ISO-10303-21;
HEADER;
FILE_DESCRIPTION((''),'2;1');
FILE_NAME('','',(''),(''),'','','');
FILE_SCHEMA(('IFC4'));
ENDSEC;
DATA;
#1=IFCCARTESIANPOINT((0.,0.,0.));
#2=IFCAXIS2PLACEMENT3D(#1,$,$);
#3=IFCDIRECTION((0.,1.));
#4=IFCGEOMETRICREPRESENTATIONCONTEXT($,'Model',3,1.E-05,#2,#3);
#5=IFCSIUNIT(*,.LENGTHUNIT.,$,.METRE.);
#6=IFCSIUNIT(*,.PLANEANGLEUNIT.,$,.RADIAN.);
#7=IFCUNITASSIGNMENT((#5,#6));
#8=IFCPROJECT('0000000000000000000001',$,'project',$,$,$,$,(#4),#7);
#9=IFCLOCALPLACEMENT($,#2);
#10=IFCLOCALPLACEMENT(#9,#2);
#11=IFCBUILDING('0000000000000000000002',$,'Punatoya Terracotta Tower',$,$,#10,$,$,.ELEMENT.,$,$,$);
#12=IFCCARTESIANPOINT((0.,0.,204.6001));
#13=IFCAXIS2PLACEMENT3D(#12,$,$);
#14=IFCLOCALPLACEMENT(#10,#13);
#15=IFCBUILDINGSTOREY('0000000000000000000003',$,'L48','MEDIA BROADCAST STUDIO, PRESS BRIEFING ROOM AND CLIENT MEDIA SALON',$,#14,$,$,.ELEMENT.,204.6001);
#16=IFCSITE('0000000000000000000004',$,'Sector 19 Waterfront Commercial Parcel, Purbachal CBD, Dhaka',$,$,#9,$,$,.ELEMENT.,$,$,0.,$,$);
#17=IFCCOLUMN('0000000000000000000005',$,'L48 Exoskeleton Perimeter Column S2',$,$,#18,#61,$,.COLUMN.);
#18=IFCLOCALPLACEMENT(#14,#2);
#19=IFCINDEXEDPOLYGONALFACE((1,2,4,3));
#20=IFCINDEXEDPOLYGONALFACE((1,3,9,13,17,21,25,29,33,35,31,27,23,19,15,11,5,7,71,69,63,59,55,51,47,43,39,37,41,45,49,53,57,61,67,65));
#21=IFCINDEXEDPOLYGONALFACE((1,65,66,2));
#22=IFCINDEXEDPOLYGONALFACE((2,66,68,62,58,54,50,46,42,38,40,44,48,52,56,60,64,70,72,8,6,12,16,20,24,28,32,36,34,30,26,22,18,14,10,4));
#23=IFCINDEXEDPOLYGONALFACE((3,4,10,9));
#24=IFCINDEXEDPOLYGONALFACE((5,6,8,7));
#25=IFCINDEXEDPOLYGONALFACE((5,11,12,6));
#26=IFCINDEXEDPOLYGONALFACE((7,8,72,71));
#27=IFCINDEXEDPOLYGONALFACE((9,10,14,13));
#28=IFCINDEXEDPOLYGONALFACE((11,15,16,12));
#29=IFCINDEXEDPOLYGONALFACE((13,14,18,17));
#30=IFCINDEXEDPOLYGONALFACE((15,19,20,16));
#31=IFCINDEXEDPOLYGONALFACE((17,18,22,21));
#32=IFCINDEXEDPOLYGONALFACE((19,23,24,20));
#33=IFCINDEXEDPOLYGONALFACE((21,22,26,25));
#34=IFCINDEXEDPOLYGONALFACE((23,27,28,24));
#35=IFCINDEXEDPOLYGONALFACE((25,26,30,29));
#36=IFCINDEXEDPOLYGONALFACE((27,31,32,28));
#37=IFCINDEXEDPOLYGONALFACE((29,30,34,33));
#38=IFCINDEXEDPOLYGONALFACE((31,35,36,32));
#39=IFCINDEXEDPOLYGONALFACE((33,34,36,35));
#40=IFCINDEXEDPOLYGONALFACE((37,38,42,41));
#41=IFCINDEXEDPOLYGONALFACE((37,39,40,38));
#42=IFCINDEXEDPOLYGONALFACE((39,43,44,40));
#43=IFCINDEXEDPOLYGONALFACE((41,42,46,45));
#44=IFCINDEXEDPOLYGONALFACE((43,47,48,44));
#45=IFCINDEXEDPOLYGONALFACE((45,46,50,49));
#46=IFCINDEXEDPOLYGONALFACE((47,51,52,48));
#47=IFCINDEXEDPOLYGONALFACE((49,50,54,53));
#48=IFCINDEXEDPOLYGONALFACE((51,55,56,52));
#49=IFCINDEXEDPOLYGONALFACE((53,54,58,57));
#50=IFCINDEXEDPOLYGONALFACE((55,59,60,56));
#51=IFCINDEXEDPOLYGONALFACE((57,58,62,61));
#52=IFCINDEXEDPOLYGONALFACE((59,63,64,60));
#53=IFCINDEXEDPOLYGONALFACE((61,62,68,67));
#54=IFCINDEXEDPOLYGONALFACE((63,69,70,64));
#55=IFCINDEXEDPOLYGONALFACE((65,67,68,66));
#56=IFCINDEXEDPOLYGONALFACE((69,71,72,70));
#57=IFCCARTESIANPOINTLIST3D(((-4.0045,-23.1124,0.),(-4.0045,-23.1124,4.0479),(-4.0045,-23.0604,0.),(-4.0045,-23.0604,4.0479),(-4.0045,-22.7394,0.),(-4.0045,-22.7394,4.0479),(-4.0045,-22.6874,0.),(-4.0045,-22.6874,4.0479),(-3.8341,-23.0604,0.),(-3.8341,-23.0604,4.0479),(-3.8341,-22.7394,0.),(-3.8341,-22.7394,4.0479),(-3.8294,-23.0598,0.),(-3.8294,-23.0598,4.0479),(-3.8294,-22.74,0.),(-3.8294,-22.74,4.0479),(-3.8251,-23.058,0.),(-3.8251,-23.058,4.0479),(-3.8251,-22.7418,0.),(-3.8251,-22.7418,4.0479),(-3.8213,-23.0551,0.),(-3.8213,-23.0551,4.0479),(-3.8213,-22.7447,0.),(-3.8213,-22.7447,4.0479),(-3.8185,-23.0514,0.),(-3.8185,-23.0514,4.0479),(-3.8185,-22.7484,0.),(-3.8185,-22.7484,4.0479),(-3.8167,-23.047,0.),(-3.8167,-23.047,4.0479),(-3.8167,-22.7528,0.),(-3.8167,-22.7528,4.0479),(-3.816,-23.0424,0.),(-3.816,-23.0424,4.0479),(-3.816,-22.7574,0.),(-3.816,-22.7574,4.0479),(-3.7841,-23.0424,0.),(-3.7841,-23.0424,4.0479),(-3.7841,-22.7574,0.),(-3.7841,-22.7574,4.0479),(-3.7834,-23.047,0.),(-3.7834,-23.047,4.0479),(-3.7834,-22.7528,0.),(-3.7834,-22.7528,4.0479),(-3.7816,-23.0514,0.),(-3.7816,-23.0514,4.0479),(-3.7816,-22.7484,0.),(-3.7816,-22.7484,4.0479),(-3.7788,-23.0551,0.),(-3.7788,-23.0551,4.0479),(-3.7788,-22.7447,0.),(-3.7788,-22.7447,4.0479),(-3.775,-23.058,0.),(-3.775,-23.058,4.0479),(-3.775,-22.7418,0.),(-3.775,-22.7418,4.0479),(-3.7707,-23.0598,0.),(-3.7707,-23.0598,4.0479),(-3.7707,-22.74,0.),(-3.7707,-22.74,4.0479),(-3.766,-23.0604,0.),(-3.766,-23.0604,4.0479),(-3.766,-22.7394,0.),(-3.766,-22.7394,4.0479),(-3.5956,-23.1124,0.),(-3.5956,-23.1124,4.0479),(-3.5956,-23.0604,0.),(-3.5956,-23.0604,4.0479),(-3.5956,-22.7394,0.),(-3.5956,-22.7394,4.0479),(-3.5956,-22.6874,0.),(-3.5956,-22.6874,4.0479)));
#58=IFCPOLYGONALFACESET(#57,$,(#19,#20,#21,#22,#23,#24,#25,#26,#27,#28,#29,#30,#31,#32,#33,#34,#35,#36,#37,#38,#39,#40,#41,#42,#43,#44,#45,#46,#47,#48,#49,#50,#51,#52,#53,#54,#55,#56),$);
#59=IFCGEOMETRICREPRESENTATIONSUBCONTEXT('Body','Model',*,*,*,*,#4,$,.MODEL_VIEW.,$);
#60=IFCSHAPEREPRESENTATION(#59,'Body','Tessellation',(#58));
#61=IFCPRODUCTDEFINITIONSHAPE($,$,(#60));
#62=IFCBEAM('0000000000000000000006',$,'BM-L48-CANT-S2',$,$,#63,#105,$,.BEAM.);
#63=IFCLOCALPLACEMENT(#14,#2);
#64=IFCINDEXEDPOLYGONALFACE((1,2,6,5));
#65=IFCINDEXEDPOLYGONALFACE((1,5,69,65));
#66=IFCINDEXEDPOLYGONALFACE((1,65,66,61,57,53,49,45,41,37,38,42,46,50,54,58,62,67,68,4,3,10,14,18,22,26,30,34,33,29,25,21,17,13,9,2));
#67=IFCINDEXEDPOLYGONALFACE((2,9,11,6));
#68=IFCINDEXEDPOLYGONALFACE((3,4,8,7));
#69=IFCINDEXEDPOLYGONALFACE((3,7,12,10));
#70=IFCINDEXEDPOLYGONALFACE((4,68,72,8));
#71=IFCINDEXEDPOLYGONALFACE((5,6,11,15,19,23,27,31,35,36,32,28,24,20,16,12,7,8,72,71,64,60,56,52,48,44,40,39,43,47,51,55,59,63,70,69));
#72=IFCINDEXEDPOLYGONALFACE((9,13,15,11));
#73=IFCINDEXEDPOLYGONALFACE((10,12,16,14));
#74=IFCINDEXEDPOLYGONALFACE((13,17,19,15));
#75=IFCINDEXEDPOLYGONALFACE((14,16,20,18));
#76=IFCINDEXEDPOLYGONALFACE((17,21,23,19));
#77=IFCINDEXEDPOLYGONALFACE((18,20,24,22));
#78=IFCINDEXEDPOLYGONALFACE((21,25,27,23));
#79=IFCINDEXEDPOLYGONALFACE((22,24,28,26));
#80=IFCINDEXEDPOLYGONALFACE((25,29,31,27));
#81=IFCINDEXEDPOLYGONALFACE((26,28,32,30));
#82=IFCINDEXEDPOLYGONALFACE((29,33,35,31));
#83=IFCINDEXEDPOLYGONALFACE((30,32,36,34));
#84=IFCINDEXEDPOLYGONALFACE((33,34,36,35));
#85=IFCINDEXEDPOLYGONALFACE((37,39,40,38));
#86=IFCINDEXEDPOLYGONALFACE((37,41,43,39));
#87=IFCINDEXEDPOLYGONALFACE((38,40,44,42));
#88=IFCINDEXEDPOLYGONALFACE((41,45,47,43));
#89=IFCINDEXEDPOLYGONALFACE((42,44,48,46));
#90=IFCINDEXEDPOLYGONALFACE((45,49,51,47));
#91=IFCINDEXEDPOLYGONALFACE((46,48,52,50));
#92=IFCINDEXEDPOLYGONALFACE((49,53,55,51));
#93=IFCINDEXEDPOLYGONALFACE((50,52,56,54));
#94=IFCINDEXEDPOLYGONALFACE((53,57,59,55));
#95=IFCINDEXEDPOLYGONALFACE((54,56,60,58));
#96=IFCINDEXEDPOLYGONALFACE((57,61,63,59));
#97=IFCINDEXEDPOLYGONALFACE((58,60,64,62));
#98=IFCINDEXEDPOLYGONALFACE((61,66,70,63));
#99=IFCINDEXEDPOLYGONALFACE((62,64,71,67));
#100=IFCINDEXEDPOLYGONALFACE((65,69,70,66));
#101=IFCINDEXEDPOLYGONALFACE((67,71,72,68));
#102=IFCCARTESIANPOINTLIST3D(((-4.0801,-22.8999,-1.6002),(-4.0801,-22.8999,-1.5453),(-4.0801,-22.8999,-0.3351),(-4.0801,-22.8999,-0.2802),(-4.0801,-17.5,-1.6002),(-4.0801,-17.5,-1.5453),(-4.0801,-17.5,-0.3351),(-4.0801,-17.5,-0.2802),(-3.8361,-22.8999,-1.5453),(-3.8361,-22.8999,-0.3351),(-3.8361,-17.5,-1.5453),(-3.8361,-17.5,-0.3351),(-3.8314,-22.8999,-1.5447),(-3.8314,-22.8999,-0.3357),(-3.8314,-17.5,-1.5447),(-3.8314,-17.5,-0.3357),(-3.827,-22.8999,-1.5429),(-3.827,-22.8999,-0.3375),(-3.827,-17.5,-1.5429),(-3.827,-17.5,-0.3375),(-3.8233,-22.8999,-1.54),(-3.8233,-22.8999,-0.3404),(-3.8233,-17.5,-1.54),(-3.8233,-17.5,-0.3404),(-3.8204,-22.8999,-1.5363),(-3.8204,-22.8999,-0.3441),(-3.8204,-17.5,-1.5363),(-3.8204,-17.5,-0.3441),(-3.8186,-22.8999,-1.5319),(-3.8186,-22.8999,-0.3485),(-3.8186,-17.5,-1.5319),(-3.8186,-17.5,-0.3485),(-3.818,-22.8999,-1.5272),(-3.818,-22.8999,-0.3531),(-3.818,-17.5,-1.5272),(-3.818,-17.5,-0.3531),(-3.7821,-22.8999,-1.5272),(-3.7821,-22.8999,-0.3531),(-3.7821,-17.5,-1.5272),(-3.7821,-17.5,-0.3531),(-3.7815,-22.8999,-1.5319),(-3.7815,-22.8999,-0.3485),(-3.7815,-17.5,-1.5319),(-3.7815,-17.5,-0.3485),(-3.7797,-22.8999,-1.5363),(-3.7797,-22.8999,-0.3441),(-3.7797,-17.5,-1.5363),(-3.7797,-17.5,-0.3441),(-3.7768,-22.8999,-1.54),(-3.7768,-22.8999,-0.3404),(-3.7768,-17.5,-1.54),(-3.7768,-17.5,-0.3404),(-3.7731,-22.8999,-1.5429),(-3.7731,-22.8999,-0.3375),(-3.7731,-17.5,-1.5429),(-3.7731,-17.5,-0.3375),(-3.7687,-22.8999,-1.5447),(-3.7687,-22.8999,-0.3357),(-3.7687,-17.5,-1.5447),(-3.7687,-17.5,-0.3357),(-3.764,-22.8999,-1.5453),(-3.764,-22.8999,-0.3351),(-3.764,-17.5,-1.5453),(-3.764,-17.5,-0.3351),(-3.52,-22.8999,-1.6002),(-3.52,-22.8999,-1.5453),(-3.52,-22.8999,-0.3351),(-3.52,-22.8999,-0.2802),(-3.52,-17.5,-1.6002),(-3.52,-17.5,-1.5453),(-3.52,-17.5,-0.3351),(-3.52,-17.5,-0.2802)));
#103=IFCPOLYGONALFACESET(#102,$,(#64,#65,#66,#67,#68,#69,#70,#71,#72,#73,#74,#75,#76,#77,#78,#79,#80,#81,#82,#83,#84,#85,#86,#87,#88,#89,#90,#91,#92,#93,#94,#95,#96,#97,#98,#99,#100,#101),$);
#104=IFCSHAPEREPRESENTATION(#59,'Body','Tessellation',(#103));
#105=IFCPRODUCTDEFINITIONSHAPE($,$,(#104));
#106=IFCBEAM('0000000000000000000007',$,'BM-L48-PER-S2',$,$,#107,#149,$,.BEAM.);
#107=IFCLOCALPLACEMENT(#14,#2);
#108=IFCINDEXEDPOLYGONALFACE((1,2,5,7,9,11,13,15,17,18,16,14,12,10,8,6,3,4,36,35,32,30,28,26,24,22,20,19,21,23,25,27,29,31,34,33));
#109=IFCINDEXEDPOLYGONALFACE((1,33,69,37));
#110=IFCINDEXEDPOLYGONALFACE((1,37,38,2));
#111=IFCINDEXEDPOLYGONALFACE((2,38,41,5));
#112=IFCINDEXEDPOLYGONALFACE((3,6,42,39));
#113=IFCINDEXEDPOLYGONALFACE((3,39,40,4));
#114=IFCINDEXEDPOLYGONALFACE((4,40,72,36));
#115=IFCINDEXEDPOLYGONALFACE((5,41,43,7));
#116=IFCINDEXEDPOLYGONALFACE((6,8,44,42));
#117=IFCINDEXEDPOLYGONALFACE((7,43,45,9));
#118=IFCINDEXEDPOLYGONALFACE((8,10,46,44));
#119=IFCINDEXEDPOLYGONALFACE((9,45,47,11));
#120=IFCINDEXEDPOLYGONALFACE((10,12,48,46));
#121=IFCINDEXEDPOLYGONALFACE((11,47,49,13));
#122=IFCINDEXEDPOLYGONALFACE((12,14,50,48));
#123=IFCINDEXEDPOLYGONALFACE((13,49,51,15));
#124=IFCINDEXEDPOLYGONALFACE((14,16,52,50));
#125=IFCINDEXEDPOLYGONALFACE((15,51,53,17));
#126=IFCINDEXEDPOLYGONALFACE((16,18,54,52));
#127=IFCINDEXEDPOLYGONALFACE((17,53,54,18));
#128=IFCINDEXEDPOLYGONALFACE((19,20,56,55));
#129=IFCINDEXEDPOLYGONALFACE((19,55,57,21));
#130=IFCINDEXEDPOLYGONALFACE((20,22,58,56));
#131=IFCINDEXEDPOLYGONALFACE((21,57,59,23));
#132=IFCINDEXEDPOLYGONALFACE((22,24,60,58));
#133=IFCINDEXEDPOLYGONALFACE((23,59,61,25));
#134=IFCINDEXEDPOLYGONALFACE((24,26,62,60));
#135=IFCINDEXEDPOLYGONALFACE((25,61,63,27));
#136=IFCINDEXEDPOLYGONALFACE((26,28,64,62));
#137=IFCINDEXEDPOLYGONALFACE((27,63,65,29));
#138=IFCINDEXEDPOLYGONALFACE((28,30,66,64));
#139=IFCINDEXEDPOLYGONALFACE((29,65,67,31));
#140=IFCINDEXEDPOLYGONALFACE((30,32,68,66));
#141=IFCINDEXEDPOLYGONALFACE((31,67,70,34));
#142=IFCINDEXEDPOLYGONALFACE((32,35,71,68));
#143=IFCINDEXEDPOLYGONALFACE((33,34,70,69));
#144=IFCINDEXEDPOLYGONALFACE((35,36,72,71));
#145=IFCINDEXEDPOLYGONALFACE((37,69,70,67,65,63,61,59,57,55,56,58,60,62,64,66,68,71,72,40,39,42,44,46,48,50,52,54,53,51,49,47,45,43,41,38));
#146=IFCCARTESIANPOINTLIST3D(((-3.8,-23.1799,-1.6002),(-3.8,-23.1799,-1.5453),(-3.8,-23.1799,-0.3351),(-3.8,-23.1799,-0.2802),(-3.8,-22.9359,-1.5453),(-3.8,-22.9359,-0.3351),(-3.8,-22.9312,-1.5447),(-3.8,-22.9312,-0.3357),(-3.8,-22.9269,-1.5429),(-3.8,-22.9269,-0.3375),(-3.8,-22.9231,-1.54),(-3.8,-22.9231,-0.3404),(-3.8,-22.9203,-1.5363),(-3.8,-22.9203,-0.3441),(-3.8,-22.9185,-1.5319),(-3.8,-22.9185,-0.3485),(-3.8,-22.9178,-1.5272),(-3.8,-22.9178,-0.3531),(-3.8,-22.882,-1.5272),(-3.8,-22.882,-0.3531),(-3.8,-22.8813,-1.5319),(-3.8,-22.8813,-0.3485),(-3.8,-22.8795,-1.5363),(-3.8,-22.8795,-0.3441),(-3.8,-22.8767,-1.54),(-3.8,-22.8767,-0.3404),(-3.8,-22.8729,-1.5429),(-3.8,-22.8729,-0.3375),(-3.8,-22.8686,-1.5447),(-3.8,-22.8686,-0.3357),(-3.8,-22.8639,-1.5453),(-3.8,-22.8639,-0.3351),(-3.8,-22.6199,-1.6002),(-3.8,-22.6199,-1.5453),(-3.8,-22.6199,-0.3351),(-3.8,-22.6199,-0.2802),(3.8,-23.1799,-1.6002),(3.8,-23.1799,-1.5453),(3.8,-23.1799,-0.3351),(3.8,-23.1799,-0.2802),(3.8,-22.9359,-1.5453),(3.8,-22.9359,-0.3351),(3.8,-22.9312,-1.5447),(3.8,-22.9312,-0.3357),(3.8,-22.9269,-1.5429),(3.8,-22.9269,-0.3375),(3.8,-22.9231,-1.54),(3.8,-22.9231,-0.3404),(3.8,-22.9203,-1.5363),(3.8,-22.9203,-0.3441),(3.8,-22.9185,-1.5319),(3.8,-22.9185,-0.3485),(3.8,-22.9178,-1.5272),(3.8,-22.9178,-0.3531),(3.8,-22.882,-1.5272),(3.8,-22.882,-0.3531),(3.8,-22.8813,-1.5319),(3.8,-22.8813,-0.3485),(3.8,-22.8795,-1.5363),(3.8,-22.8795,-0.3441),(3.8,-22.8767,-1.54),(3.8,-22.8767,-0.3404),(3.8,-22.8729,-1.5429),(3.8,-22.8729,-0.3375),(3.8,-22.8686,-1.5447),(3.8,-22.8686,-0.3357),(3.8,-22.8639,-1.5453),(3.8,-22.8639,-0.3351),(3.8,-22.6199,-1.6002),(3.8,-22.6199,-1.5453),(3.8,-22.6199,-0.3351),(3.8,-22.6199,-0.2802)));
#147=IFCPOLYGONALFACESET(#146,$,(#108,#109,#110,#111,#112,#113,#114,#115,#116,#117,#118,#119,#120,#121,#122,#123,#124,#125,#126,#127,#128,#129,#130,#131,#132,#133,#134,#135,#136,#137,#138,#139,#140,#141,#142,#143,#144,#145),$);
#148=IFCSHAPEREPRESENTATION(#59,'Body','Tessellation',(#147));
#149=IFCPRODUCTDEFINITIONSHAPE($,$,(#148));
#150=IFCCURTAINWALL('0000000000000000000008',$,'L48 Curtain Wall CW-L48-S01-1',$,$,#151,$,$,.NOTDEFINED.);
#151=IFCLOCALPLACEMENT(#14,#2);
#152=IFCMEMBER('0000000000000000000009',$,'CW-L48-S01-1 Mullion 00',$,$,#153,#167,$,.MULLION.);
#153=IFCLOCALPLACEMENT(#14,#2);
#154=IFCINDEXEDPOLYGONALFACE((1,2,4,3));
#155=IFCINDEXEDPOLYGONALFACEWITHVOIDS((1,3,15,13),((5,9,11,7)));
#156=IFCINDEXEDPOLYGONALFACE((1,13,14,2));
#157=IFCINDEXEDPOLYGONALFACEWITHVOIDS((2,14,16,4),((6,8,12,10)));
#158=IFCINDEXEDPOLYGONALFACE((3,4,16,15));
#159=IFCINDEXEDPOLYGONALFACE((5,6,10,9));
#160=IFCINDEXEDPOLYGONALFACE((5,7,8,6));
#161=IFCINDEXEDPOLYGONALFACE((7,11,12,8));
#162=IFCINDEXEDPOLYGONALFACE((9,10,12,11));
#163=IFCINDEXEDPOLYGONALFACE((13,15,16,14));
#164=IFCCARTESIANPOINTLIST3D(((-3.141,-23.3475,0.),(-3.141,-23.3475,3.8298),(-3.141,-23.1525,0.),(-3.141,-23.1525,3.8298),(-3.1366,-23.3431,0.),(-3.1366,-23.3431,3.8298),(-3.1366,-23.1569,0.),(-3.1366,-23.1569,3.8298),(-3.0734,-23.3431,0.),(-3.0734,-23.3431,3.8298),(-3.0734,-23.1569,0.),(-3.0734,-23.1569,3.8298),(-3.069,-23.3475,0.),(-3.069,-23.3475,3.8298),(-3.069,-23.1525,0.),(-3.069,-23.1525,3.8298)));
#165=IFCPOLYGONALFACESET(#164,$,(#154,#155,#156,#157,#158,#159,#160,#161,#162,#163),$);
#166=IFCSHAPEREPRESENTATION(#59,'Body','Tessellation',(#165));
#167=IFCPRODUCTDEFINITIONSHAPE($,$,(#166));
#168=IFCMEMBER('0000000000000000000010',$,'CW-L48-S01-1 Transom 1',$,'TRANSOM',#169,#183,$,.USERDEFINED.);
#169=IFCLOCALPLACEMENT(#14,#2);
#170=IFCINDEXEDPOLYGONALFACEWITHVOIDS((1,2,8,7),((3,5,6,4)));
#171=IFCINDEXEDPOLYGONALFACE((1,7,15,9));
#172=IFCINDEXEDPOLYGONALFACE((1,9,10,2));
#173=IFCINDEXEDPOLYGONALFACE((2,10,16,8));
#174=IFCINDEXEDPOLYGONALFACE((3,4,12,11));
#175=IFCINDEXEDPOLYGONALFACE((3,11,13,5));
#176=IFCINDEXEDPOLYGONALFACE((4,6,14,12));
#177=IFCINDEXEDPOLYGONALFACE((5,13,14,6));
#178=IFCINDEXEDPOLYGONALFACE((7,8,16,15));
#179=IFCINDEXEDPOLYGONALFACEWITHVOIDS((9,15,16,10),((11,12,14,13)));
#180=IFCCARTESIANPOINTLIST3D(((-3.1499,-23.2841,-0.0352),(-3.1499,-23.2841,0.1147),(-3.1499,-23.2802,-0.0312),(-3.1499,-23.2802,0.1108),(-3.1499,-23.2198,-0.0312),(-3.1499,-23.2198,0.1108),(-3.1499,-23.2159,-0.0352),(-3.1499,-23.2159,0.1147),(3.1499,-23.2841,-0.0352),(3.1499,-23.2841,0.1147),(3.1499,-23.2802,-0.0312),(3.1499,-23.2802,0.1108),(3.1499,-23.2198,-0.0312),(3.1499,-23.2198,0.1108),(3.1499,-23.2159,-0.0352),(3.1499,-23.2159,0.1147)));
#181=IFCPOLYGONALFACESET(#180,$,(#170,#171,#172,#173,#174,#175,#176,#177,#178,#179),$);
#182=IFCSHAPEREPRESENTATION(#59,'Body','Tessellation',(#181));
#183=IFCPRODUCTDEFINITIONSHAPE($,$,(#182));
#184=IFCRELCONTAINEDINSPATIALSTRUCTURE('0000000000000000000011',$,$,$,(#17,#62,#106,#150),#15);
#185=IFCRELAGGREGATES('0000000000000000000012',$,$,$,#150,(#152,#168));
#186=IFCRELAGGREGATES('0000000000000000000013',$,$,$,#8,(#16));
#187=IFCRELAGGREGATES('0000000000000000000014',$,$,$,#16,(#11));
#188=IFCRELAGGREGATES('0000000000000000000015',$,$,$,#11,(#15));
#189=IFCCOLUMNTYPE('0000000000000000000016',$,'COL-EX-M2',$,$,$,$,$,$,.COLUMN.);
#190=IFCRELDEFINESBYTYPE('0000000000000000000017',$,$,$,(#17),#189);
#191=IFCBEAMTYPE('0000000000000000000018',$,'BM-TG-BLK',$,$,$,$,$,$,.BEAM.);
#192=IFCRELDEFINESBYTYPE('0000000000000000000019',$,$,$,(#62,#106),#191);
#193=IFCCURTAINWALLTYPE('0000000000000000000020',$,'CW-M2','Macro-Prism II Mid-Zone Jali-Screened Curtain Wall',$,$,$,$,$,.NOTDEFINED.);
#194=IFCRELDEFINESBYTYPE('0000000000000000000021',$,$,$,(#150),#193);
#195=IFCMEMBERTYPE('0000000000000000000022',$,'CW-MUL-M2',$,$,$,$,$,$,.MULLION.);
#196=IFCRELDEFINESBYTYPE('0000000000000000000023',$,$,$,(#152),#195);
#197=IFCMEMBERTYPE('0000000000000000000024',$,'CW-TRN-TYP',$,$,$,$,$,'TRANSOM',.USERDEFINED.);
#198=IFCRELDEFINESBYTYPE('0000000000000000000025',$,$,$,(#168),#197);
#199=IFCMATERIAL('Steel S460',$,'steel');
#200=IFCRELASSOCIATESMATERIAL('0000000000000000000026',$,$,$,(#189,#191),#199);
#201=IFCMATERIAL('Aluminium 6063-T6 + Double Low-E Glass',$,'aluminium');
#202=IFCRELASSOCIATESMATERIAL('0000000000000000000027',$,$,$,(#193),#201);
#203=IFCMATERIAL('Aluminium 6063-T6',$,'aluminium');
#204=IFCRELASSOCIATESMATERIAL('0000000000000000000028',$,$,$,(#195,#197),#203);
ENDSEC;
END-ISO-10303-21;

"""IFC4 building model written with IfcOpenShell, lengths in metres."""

from ifc_helpers import new_model, si_unit, direction, frame, origin, origin_2d, place, context, subcontext, project, spatial, hollow_rectangle, i_section, extrude, material, material_profile, profile_set, type_object, element, aggregate, save


model = new_model("IFC4")

# Units and contexts
model_context = context("Model", 3, precision=1e-05, world=origin(), true_north=direction((0.0, 1.0)))
body_context = subcontext(model_context, "Body", "Model", "MODEL_VIEW")
ifc_project = project(units=[si_unit("LENGTHUNIT", "METRE"), si_unit("PLANEANGLEUNIT", "RADIAN")], contexts=[model_context])

# Site, building, storey
site_placement = place(None, origin())
site = spatial("IfcSite", under=ifc_project, at=site_placement, Name="Sector 19 Waterfront Commercial Parcel, Purbachal CBD, Dhaka", CompositionType="ELEMENT", RefElevation=0.0)
building_placement = place(site_placement, origin())
building = spatial("IfcBuilding", under=site, at=building_placement, Name="Punatoya Terracotta Tower", CompositionType="ELEMENT")
storey_placement = place(building_placement, frame((0.0, 0.0, 204.6001)))
storey = spatial("IfcBuildingStorey", under=building, at=storey_placement, Name="L48", Description="MEDIA BROADCAST STUDIO, PRESS BRIEFING ROOM AND CLIENT MEDIA SALON", CompositionType="ELEMENT", Elevation=204.6001)

# Column
ifc_material_1 = material(Name="Steel S460", Category="steel")
ifc_material_profile_1 = material_profile(ifc_material_1, i_section(OverallWidth=0.4089, OverallDepth=0.425, WebThickness=0.032, FlangeThickness=0.052, FilletRadius=0.0181, at=origin_2d()))
ifc_profile_set_1 = profile_set([ifc_material_profile_1], Name="Steel S460")
column_type = type_object("IfcColumnType", Name="COL-EX-M2", PredefinedType="COLUMN", material=ifc_profile_set_1)
column_placement = place(storey_placement, frame((-3.8, -22.8999, 0.0), z_axis=(0.0, 0.0, 1.0), x_axis=(1.0, 0.0, 0.0)))
element("IfcColumn", 1, at=column_placement, inside=storey, type_object=column_type, Name="L48 Exoskeleton Perimeter Column S2", PredefinedType="COLUMN", context=body_context, shape_type="SweptSolid", body=[
    extrude(i_section(OverallWidth=0.4089, OverallDepth=0.425, WebThickness=0.032, FlangeThickness=0.052, FilletRadius=0.0181, at=origin_2d()), origin(), (0.0, 0.0, 1.0), 4.0479),
])

# Beams
ifc_material_profile_2 = material_profile(ifc_material_1, i_section(OverallWidth=0.5601, OverallDepth=1.3201, WebThickness=0.0359, FlangeThickness=0.0549, FilletRadius=0.0181, at=origin_2d()))
ifc_profile_set_2 = profile_set([ifc_material_profile_2], Name="Steel S460")
beam_type = type_object("IfcBeamType", Name="BM-TG-BLK", PredefinedType="BEAM", material=ifc_profile_set_2)
beam_1_placement = place(storey_placement, frame((-3.8, -22.8999, -0.9402), z_axis=(0.0, 1.0, 0.0), x_axis=(-1.0, 0.0, 0.0)))
element("IfcBeam", 2, at=beam_1_placement, inside=storey, type_object=beam_type, Name="BM-L48-CANT-S2", PredefinedType="BEAM", context=body_context, shape_type="SweptSolid", body=[
    extrude(i_section(OverallWidth=0.5601, OverallDepth=1.3201, WebThickness=0.0359, FlangeThickness=0.0549, FilletRadius=0.0181, at=origin_2d()), origin(), (0.0, 0.0, 1.0), 5.3999),
])
beam_2_placement = place(storey_placement, frame((-3.8, -22.8999, -0.9402), z_axis=(1.0, 0.0, 0.0), x_axis=(0.0, 1.0, 0.0)))
element("IfcBeam", 3, at=beam_2_placement, inside=storey, type_object=beam_type, Name="BM-L48-PER-S2", PredefinedType="BEAM", context=body_context, shape_type="SweptSolid", body=[
    extrude(i_section(OverallWidth=0.5601, OverallDepth=1.3201, WebThickness=0.0359, FlangeThickness=0.0549, FilletRadius=0.0181, at=origin_2d()), origin(), (0.0, 0.0, 1.0), 7.6001),
])

# Curtain wall, members
ifc_material_2 = material(Name="Aluminium 6063-T6 + Double Low-E Glass", Category="aluminium")
curtain_wall_type = type_object("IfcCurtainWallType", Name="CW-M2", Description="Macro-Prism II Mid-Zone Jali-Screened Curtain Wall", PredefinedType="NOTDEFINED", material=ifc_material_2)
curtain_wall_placement = place(storey_placement, origin())
curtain_wall = element("IfcCurtainWall", 4, at=curtain_wall_placement, inside=storey, type_object=curtain_wall_type, Name="L48 Curtain Wall CW-L48-S01-1", PredefinedType="NOTDEFINED")
ifc_material_3 = material(Name="Aluminium 6063-T6", Category="aluminium")
ifc_material_profile_3 = material_profile(ifc_material_3, hollow_rectangle(XDim=0.072, YDim=0.1951, WallThickness=0.0044, at=origin_2d()))
ifc_profile_set_3 = profile_set([ifc_material_profile_3], Name="Aluminium 6063-T6")
member_type_1 = type_object("IfcMemberType", Name="CW-MUL-M2", PredefinedType="MULLION", material=ifc_profile_set_3)
member_1_placement = place(storey_placement, frame((-3.105, -23.25, 0.0), z_axis=(0.0, 0.0, 1.0), x_axis=(1.0, 0.0, 0.0)))
member_1 = element("IfcMember", 5, at=member_1_placement, type_object=member_type_1, Name="CW-L48-S01-1 Mullion 00", PredefinedType="MULLION", context=body_context, shape_type="SweptSolid", body=[
    extrude(hollow_rectangle(XDim=0.072, YDim=0.1951, WallThickness=0.0044, at=origin_2d()), origin(), (0.0, 0.0, 1.0), 3.8298),
])
ifc_material_profile_4 = material_profile(ifc_material_3, hollow_rectangle(XDim=0.0681, YDim=0.1499, WallThickness=0.0039, at=origin_2d()))
ifc_profile_set_4 = profile_set([ifc_material_profile_4], Name="Aluminium 6063-T6")
member_type_2 = type_object("IfcMemberType", Name="CW-TRN-TYP", ElementType="TRANSOM", PredefinedType="USERDEFINED", material=ifc_profile_set_4)
member_2_placement = place(storey_placement, frame((-3.1499, -23.25, 0.0398), z_axis=(1.0, 0.0, 0.0), x_axis=(0.0, 1.0, 0.0)))
member_2 = element("IfcMember", 6, at=member_2_placement, type_object=member_type_2, Name="CW-L48-S01-1 Transom 1", ObjectType="TRANSOM", PredefinedType="USERDEFINED", context=body_context, shape_type="SweptSolid", body=[
    extrude(hollow_rectangle(XDim=0.0681, YDim=0.1499, WallThickness=0.0039, at=origin_2d()), origin(), (0.0, 0.0, 1.0), 6.2998),
])

aggregate(curtain_wall, [member_1, member_2])

save(model, "model.ifc")
